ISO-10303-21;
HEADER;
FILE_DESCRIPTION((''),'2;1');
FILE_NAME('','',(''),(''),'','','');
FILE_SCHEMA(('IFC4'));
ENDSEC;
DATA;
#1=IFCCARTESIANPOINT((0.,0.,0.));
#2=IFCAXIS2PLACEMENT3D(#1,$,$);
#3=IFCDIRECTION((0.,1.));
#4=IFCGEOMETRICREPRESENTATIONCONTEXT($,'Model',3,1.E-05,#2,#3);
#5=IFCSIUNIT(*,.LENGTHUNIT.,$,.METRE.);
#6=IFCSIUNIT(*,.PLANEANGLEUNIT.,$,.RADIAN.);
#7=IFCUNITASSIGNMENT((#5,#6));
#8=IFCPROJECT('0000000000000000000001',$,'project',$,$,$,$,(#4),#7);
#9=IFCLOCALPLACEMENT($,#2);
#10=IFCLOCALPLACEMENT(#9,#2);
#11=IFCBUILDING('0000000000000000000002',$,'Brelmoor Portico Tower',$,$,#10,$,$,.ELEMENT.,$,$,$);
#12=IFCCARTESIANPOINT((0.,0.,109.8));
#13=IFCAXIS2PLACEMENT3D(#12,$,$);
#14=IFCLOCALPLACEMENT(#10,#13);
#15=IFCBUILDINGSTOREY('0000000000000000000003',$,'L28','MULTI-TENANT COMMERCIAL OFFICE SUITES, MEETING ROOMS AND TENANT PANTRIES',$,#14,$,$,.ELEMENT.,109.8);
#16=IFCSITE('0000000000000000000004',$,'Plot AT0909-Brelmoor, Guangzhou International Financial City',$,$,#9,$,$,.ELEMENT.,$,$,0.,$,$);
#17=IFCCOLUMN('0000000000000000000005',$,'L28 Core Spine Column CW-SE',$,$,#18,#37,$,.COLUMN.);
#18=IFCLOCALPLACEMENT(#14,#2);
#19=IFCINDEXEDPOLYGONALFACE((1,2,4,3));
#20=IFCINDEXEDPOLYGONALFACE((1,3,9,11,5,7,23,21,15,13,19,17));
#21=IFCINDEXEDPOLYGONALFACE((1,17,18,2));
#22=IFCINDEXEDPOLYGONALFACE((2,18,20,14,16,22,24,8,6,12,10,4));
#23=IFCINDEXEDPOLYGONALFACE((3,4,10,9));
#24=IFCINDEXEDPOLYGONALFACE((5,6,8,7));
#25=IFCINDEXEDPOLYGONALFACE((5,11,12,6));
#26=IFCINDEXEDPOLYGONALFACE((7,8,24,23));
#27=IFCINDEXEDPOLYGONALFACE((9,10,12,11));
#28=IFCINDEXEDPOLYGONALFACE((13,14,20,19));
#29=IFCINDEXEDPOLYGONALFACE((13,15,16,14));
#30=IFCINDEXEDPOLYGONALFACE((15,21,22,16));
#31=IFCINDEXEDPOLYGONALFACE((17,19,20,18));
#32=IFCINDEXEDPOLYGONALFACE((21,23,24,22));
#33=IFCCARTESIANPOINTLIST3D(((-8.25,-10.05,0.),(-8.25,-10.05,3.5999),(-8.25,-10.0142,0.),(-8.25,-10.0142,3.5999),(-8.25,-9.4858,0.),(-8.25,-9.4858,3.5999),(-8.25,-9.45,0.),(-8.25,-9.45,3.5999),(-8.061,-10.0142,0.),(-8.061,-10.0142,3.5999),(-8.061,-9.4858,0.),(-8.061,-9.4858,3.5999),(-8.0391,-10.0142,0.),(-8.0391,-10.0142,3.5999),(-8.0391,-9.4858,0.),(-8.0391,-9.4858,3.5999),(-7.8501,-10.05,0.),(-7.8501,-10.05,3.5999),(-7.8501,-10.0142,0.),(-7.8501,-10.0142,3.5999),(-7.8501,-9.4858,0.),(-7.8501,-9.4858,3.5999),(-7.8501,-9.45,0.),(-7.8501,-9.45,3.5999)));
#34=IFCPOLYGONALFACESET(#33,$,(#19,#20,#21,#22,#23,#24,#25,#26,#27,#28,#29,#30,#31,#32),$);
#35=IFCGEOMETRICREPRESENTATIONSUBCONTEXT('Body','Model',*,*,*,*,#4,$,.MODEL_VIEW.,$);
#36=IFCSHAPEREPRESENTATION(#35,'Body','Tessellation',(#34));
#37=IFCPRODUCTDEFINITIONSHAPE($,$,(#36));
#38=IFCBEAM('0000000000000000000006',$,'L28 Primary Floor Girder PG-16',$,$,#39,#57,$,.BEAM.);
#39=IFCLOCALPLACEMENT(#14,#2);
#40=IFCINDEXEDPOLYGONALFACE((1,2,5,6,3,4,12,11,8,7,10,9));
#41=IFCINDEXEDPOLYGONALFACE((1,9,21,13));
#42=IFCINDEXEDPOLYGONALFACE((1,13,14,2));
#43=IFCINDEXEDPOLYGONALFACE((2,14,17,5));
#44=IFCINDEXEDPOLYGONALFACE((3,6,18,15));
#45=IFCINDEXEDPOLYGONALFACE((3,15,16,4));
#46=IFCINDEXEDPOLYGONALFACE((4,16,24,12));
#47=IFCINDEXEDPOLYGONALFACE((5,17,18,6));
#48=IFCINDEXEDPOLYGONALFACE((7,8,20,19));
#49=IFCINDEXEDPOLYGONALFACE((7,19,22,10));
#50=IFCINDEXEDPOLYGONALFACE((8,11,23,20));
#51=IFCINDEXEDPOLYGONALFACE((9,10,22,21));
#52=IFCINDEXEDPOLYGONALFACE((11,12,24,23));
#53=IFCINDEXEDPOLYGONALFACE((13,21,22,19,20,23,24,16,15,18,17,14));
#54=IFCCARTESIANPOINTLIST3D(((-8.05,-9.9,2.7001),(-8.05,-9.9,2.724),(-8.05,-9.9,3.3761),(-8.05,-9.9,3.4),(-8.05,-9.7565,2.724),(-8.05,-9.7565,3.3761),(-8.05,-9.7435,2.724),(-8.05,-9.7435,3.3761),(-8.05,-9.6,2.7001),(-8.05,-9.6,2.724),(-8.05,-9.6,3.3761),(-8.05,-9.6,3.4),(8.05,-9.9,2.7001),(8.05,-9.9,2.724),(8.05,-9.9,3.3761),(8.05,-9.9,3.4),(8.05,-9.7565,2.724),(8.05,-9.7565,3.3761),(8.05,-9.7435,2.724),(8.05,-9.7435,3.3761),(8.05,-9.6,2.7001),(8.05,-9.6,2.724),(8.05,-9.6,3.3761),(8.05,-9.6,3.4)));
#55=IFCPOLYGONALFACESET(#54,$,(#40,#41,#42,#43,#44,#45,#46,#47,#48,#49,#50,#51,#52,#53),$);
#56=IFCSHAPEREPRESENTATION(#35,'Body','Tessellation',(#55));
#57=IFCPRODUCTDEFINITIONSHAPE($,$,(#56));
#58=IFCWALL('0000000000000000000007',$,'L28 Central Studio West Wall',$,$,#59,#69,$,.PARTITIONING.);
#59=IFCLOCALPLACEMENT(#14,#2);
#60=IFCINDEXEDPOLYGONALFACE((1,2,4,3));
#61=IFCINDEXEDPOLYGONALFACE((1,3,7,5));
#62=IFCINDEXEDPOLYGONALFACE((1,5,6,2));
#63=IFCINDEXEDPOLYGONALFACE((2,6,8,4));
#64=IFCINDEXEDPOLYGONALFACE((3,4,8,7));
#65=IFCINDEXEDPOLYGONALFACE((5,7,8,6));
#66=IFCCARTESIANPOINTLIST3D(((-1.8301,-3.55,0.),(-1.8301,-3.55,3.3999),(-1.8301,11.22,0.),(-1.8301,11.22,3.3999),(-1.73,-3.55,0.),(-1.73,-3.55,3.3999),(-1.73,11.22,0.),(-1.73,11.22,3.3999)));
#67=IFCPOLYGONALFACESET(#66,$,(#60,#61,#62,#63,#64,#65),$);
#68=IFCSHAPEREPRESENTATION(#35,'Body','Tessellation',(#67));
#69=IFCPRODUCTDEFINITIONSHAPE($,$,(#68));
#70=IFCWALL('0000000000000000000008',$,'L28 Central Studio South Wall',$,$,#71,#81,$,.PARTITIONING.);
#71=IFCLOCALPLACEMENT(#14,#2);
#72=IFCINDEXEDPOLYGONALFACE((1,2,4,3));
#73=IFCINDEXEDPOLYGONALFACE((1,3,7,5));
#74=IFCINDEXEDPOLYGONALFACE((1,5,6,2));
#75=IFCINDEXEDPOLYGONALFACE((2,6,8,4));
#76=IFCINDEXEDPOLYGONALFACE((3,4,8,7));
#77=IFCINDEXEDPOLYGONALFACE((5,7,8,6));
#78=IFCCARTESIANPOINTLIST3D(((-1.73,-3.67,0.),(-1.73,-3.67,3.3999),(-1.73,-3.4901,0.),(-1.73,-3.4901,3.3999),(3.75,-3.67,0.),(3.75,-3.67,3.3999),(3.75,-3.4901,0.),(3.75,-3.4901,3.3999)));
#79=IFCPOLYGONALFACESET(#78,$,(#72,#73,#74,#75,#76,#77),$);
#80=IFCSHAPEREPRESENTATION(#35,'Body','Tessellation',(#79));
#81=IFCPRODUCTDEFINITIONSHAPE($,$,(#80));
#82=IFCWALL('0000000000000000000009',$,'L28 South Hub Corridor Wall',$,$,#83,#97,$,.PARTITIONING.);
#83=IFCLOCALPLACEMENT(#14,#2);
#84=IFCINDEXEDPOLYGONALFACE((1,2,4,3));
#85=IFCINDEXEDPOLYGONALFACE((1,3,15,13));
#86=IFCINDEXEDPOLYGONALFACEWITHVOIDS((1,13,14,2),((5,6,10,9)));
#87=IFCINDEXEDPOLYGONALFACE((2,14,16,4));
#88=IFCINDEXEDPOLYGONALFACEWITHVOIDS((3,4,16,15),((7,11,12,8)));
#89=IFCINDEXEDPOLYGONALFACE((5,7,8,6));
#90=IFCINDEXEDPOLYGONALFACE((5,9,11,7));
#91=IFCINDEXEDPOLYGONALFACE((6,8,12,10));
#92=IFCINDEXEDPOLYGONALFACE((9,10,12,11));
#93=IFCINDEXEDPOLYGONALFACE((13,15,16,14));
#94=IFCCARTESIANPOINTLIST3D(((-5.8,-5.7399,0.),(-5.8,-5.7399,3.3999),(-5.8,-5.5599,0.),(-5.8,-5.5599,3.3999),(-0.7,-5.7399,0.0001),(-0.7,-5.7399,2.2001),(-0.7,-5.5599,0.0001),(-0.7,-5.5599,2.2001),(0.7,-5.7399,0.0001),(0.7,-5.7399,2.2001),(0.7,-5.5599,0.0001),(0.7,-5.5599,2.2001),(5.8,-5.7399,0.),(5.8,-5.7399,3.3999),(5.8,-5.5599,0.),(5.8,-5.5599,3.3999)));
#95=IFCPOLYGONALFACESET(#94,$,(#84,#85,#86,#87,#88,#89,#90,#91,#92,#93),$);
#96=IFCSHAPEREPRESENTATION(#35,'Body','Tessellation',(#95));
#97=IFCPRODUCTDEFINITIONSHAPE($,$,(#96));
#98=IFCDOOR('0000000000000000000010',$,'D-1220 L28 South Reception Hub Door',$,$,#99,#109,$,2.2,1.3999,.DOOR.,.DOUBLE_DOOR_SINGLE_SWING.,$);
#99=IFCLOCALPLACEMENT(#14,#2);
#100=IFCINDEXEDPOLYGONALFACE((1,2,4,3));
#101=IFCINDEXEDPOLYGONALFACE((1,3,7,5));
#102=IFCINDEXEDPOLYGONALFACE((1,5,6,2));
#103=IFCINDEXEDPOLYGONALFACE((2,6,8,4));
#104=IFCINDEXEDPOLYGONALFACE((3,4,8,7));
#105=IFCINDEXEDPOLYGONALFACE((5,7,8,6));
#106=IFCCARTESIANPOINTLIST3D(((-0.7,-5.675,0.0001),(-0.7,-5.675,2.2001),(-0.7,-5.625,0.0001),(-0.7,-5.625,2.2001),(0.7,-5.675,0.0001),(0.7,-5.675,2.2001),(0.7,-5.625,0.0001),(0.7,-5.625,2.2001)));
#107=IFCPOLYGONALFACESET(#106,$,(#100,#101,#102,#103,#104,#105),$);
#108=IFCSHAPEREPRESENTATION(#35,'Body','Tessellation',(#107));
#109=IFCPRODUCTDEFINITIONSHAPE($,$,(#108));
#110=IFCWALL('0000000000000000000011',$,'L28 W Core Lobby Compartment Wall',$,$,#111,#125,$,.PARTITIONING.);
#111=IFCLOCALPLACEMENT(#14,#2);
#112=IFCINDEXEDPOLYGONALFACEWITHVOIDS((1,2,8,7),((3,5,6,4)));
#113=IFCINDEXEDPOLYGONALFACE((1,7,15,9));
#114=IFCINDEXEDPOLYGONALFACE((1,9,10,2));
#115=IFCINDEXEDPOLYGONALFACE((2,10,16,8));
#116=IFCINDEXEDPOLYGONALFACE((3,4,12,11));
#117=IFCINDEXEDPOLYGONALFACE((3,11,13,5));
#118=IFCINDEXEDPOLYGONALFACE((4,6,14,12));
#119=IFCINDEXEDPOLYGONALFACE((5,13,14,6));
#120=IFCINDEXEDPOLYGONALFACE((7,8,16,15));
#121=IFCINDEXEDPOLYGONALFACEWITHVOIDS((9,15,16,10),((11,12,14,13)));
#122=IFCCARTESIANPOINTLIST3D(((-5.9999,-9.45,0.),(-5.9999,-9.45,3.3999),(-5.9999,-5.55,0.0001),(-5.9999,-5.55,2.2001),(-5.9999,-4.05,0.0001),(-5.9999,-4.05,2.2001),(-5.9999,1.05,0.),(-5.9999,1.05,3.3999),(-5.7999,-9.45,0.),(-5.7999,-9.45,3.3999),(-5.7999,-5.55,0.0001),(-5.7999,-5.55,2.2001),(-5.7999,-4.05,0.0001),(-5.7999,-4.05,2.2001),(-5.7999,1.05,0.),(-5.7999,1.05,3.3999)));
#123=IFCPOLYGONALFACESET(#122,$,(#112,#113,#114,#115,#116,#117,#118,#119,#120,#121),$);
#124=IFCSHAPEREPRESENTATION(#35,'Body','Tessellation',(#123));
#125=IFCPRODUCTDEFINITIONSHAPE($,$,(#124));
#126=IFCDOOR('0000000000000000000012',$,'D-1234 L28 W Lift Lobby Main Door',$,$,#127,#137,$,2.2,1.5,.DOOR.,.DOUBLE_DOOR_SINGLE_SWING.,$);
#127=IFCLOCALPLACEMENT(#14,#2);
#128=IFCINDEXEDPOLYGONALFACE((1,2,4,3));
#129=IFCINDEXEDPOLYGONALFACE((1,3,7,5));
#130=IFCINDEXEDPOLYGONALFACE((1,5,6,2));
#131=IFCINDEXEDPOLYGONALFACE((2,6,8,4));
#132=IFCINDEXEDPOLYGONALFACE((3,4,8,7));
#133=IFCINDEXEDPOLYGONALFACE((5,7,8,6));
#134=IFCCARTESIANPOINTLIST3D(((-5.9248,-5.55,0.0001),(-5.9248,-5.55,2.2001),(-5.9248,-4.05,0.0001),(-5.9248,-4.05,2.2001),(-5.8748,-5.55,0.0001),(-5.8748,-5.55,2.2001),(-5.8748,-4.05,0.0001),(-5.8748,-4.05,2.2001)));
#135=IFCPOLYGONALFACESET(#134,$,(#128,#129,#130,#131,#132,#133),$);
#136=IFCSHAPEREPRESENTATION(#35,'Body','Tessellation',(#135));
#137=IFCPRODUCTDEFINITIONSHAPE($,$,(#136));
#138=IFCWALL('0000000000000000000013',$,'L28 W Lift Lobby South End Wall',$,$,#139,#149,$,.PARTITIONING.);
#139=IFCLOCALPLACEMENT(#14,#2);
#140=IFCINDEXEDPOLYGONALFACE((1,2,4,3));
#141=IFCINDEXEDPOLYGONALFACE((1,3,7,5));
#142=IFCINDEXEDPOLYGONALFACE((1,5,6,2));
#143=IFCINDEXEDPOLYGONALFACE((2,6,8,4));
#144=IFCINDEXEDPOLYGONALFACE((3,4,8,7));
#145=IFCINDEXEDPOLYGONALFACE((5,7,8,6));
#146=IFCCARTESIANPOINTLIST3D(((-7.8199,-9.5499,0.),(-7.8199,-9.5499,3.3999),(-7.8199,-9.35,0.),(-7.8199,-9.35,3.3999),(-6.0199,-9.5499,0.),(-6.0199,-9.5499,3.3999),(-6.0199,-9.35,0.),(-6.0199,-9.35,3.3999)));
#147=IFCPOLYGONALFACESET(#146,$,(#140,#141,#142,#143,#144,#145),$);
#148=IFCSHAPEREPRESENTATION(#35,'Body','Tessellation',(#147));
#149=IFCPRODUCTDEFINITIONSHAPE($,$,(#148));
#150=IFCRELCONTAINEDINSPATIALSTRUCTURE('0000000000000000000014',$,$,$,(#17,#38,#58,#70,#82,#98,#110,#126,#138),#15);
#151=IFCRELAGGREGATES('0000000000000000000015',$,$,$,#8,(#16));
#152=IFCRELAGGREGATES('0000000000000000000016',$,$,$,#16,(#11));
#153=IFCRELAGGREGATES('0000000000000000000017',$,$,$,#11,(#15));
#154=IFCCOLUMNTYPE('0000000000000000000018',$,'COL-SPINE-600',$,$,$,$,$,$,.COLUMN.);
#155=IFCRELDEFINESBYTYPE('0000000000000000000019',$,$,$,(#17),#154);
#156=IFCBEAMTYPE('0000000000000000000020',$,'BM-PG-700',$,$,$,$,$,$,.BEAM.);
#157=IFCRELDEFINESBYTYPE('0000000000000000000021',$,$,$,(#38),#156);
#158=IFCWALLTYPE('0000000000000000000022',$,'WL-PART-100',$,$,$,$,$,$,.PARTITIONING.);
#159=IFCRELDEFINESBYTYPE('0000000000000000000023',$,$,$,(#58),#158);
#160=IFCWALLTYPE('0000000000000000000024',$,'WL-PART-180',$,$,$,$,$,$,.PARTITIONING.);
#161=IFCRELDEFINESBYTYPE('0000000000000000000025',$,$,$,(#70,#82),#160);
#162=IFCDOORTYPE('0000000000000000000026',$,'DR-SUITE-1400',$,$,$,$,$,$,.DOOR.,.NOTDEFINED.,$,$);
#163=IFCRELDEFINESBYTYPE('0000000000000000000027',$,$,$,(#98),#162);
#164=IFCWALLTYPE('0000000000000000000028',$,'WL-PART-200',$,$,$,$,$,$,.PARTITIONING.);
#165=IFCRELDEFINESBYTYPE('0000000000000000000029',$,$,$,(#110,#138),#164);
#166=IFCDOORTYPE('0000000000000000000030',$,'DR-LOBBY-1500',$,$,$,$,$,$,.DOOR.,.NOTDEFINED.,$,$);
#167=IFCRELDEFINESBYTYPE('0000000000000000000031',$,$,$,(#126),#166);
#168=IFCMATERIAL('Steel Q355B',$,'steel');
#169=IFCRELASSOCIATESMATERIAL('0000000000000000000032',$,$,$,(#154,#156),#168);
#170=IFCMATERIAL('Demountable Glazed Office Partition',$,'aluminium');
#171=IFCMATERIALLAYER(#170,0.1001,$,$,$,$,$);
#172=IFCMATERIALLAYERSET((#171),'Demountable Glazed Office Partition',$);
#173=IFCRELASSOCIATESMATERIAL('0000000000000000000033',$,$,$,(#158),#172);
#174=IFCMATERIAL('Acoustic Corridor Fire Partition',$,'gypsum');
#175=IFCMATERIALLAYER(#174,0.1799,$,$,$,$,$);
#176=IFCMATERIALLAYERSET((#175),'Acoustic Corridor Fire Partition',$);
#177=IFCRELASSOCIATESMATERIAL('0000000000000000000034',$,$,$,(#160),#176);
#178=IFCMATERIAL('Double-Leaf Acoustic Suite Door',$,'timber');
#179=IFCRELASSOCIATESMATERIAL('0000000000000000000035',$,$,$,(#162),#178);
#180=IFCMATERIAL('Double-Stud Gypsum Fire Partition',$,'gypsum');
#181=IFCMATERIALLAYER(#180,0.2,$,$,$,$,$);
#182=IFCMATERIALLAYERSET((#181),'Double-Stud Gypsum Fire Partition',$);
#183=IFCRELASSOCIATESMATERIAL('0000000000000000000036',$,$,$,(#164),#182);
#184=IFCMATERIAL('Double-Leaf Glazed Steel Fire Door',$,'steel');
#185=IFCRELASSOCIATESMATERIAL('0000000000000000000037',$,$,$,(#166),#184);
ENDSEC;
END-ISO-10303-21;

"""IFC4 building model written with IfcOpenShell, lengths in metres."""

from ifc_helpers import new_model, si_unit, direction, frame, frame_2d, origin, origin_2d, place, context, subcontext, project, spatial, rectangle, i_section, extrude, material, layer, layer_set, material_profile, profile_set, type_object, element, fill, save


model = new_model("IFC4")

# Units and contexts
model_context = context("Model", 3, precision=1e-05, world=origin(), true_north=direction((0.0, 1.0)))
body_context = subcontext(model_context, "Body", "Model", "MODEL_VIEW")
ifc_project = project(units=[si_unit("LENGTHUNIT", "METRE"), si_unit("PLANEANGLEUNIT", "RADIAN")], contexts=[model_context])

# Site, building, storey
site_placement = place(None, origin())
site = spatial("IfcSite", under=ifc_project, at=site_placement, Name="Plot AT0909-Brelmoor, Guangzhou International Financial City", CompositionType="ELEMENT", RefElevation=0.0)
building_placement = place(site_placement, origin())
building = spatial("IfcBuilding", under=site, at=building_placement, Name="Brelmoor Portico Tower", CompositionType="ELEMENT")
storey_placement = place(building_placement, frame((0.0, 0.0, 109.8)))
storey = spatial("IfcBuildingStorey", under=building, at=storey_placement, Name="L28", Description="MULTI-TENANT COMMERCIAL OFFICE SUITES, MEETING ROOMS AND TENANT PANTRIES", CompositionType="ELEMENT", Elevation=109.8)

# Column
ifc_material_1 = material(Name="Steel Q355B", Category="steel")
ifc_material_profile_1 = material_profile(ifc_material_1, i_section(OverallWidth=0.3999, OverallDepth=0.6001, WebThickness=0.022, FlangeThickness=0.0359, at=origin_2d()), Name="HW 600x400x22x36")
ifc_profile_set_1 = profile_set([ifc_material_profile_1], Name="Steel Q355B")
column_type = type_object("IfcColumnType", Name="COL-SPINE-600", PredefinedType="COLUMN", material=ifc_profile_set_1)
column_placement = place(storey_placement, frame((-8.05, -9.75, 0.0), z_axis=(0.0, 0.0, 1.0), x_axis=(1.0, 0.0, 0.0)))
element("IfcColumn", 1, at=column_placement, inside=storey, type_object=column_type, Name="L28 Core Spine Column CW-SE", PredefinedType="COLUMN", context=body_context, shape_type="SweptSolid", body=[
    extrude(i_section(OverallWidth=0.3999, OverallDepth=0.6001, WebThickness=0.022, FlangeThickness=0.0359, at=origin_2d()), origin(), (0.0, 0.0, 1.0), 3.5999),
])

# Beam
ifc_material_profile_2 = material_profile(ifc_material_1, i_section(OverallWidth=0.3, OverallDepth=0.7, WebThickness=0.0129, FlangeThickness=0.0239, at=origin_2d()), Name="HN 700x300x13x24")
ifc_profile_set_2 = profile_set([ifc_material_profile_2], Name="Steel Q355B")
beam_type = type_object("IfcBeamType", Name="BM-PG-700", PredefinedType="BEAM", material=ifc_profile_set_2)
beam_placement = place(storey_placement, frame((-8.05, -9.75, 3.05), z_axis=(1.0, 0.0, 0.0), x_axis=(0.0, 1.0, 0.0)))
element("IfcBeam", 2, at=beam_placement, inside=storey, type_object=beam_type, Name="L28 Primary Floor Girder PG-16", PredefinedType="BEAM", context=body_context, shape_type="SweptSolid", body=[
    extrude(i_section(OverallWidth=0.3, OverallDepth=0.7, WebThickness=0.0129, FlangeThickness=0.0239, at=origin_2d()), origin(), (0.0, 0.0, 1.0), 16.1001),
])

# Walls
ifc_material_2 = material(Name="Demountable Glazed Office Partition", Category="aluminium")
ifc_layer_1 = layer(ifc_material_2, 0.1001)
ifc_layer_set_1 = layer_set([ifc_layer_1], Name="Demountable Glazed Office Partition")
wall_type_1 = type_object("IfcWallType", Name="WL-PART-100", PredefinedType="PARTITIONING", material=ifc_layer_set_1)
wall_1_placement = place(storey_placement, frame((-1.78, -3.55, 0.0), z_axis=(0.0, 0.0, 1.0), x_axis=(0.0, 1.0, 0.0)))
element("IfcWall", 3, at=wall_1_placement, inside=storey, type_object=wall_type_1, Name="L28 Central Studio West Wall", PredefinedType="PARTITIONING", context=body_context, shape_type="SweptSolid", body=[
    extrude(rectangle(XDim=14.77, YDim=0.1001, at=frame_2d((7.385, 0.0))), origin(), (0.0, 0.0, 1.0), 3.3999),
])
ifc_material_3 = material(Name="Acoustic Corridor Fire Partition", Category="gypsum")
ifc_layer_2 = layer(ifc_material_3, 0.1799)
ifc_layer_set_2 = layer_set([ifc_layer_2], Name="Acoustic Corridor Fire Partition")
wall_type_2 = type_object("IfcWallType", Name="WL-PART-180", PredefinedType="PARTITIONING", material=ifc_layer_set_2)
wall_2_placement = place(storey_placement, frame((-1.73, -3.5801, 0.0), z_axis=(0.0, 0.0, 1.0), x_axis=(1.0, 0.0, 0.0)))
element("IfcWall", 4, at=wall_2_placement, inside=storey, type_object=wall_type_2, Name="L28 Central Studio South Wall", PredefinedType="PARTITIONING", context=body_context, shape_type="SweptSolid", body=[
    extrude(rectangle(XDim=5.48, YDim=0.1799, at=frame_2d((2.74, 0.0))), origin(), (0.0, 0.0, 1.0), 3.3999),
])

# Walls, openings, doors
wall_3_placement = place(storey_placement, frame((-5.8, -5.6499, 0.0), z_axis=(0.0, 0.0, 1.0), x_axis=(1.0, 0.0, 0.0)))
wall_3 = element("IfcWall", 5, at=wall_3_placement, inside=storey, type_object=wall_type_2, Name="L28 South Hub Corridor Wall", PredefinedType="PARTITIONING", context=body_context, shape_type="SweptSolid", body=[
    extrude(rectangle(XDim=11.6001, YDim=0.1799, at=frame_2d((5.8, 0.0))), origin(), (0.0, 0.0, 1.0), 3.3999),
])
opening_1_placement = place(wall_3_placement, frame((5.1001, 0.0, 0.0)))
opening_1 = element("IfcOpeningElement", 6, at=opening_1_placement, cuts=wall_3, PredefinedType="OPENING", context=body_context, shape_type="SweptSolid", body=[
    extrude(rectangle(XDim=1.3999, YDim=2.2, at=frame_2d((0.7, 1.1001))), frame((0.0, 0.0999, 0.0), z_axis=(0.0, -1.0, 0.0), x_axis=(1.0, 0.0, 0.0)), (0.0, 0.0, 1.0), 0.2),
])
ifc_material_4 = material(Name="Double-Leaf Acoustic Suite Door", Category="timber")
door_type_1 = type_object("IfcDoorType", Name="DR-SUITE-1400", OperationType="NOTDEFINED", PredefinedType="DOOR", material=ifc_material_4)
door_1_placement = place(opening_1_placement, origin())
door_1 = element("IfcDoor", 7, at=door_1_placement, inside=storey, type_object=door_type_1, Name="D-1220 L28 South Reception Hub Door", OperationType="DOUBLE_DOOR_SINGLE_SWING", OverallHeight=2.2, OverallWidth=1.3999, PredefinedType="DOOR", context=body_context, shape_type="SweptSolid", body=[
    extrude(rectangle(XDim=1.3999, YDim=2.2, at=frame_2d((0.7, 1.1001))), frame((0.0, 0.0249, 0.0), z_axis=(0.0, -1.0, 0.0), x_axis=(1.0, 0.0, 0.0)), (0.0, 0.0, 1.0), 0.05),
])
fill(opening_1, door_1)
ifc_material_5 = material(Name="Double-Stud Gypsum Fire Partition", Category="gypsum")
ifc_layer_3 = layer(ifc_material_5, 0.2)
ifc_layer_set_3 = layer_set([ifc_layer_3], Name="Double-Stud Gypsum Fire Partition")
wall_type_3 = type_object("IfcWallType", Name="WL-PART-200", PredefinedType="PARTITIONING", material=ifc_layer_set_3)
wall_4_placement = place(storey_placement, frame((-5.8999, -9.45, 0.0), z_axis=(0.0, 0.0, 1.0), x_axis=(0.0, 1.0, 0.0)))
wall_4 = element("IfcWall", 8, at=wall_4_placement, inside=storey, type_object=wall_type_3, Name="L28 W Core Lobby Compartment Wall", PredefinedType="PARTITIONING", context=body_context, shape_type="SweptSolid", body=[
    extrude(rectangle(XDim=10.5, YDim=0.2, at=frame_2d((5.25, 0.0))), origin(), (0.0, 0.0, 1.0), 3.3999),
])
opening_2_placement = place(wall_4_placement, frame((3.8999, 0.0, 0.0)))
opening_2 = element("IfcOpeningElement", 9, at=opening_2_placement, cuts=wall_4, PredefinedType="OPENING", context=body_context, shape_type="SweptSolid", body=[
    extrude(rectangle(XDim=1.5, YDim=2.2, at=frame_2d((0.75, 1.1001))), frame((0.0, 0.1099, 0.0), z_axis=(0.0, -1.0, 0.0), x_axis=(1.0, 0.0, 0.0)), (0.0, 0.0, 1.0), 0.22),
])
ifc_material_6 = material(Name="Double-Leaf Glazed Steel Fire Door", Category="steel")
door_type_2 = type_object("IfcDoorType", Name="DR-LOBBY-1500", OperationType="NOTDEFINED", PredefinedType="DOOR", material=ifc_material_6)
door_2_placement = place(opening_2_placement, origin())
door_2 = element("IfcDoor", 10, at=door_2_placement, inside=storey, type_object=door_type_2, Name="D-1234 L28 W Lift Lobby Main Door", OperationType="DOUBLE_DOOR_SINGLE_SWING", OverallHeight=2.2, OverallWidth=1.5, PredefinedType="DOOR", context=body_context, shape_type="SweptSolid", body=[
    extrude(rectangle(XDim=1.5, YDim=2.2, at=frame_2d((0.75, 1.1001))), frame((0.0, 0.0249, 0.0), z_axis=(0.0, -1.0, 0.0), x_axis=(1.0, 0.0, 0.0)), (0.0, 0.0, 1.0), 0.05),
])
fill(opening_2, door_2)

# Wall
wall_5_placement = place(storey_placement, frame((-6.02, -9.45, 0.0), z_axis=(0.0, 0.0, 1.0), x_axis=(-1.0, 0.0, 0.0)))
element("IfcWall", 11, at=wall_5_placement, inside=storey, type_object=wall_type_3, Name="L28 W Lift Lobby South End Wall", PredefinedType="PARTITIONING", context=body_context, shape_type="SweptSolid", body=[
    extrude(rectangle(XDim=1.8, YDim=0.2, at=frame_2d((0.8999, 0.0))), origin(), (0.0, 0.0, 1.0), 3.3999),
])

save(model, "model.ifc")
